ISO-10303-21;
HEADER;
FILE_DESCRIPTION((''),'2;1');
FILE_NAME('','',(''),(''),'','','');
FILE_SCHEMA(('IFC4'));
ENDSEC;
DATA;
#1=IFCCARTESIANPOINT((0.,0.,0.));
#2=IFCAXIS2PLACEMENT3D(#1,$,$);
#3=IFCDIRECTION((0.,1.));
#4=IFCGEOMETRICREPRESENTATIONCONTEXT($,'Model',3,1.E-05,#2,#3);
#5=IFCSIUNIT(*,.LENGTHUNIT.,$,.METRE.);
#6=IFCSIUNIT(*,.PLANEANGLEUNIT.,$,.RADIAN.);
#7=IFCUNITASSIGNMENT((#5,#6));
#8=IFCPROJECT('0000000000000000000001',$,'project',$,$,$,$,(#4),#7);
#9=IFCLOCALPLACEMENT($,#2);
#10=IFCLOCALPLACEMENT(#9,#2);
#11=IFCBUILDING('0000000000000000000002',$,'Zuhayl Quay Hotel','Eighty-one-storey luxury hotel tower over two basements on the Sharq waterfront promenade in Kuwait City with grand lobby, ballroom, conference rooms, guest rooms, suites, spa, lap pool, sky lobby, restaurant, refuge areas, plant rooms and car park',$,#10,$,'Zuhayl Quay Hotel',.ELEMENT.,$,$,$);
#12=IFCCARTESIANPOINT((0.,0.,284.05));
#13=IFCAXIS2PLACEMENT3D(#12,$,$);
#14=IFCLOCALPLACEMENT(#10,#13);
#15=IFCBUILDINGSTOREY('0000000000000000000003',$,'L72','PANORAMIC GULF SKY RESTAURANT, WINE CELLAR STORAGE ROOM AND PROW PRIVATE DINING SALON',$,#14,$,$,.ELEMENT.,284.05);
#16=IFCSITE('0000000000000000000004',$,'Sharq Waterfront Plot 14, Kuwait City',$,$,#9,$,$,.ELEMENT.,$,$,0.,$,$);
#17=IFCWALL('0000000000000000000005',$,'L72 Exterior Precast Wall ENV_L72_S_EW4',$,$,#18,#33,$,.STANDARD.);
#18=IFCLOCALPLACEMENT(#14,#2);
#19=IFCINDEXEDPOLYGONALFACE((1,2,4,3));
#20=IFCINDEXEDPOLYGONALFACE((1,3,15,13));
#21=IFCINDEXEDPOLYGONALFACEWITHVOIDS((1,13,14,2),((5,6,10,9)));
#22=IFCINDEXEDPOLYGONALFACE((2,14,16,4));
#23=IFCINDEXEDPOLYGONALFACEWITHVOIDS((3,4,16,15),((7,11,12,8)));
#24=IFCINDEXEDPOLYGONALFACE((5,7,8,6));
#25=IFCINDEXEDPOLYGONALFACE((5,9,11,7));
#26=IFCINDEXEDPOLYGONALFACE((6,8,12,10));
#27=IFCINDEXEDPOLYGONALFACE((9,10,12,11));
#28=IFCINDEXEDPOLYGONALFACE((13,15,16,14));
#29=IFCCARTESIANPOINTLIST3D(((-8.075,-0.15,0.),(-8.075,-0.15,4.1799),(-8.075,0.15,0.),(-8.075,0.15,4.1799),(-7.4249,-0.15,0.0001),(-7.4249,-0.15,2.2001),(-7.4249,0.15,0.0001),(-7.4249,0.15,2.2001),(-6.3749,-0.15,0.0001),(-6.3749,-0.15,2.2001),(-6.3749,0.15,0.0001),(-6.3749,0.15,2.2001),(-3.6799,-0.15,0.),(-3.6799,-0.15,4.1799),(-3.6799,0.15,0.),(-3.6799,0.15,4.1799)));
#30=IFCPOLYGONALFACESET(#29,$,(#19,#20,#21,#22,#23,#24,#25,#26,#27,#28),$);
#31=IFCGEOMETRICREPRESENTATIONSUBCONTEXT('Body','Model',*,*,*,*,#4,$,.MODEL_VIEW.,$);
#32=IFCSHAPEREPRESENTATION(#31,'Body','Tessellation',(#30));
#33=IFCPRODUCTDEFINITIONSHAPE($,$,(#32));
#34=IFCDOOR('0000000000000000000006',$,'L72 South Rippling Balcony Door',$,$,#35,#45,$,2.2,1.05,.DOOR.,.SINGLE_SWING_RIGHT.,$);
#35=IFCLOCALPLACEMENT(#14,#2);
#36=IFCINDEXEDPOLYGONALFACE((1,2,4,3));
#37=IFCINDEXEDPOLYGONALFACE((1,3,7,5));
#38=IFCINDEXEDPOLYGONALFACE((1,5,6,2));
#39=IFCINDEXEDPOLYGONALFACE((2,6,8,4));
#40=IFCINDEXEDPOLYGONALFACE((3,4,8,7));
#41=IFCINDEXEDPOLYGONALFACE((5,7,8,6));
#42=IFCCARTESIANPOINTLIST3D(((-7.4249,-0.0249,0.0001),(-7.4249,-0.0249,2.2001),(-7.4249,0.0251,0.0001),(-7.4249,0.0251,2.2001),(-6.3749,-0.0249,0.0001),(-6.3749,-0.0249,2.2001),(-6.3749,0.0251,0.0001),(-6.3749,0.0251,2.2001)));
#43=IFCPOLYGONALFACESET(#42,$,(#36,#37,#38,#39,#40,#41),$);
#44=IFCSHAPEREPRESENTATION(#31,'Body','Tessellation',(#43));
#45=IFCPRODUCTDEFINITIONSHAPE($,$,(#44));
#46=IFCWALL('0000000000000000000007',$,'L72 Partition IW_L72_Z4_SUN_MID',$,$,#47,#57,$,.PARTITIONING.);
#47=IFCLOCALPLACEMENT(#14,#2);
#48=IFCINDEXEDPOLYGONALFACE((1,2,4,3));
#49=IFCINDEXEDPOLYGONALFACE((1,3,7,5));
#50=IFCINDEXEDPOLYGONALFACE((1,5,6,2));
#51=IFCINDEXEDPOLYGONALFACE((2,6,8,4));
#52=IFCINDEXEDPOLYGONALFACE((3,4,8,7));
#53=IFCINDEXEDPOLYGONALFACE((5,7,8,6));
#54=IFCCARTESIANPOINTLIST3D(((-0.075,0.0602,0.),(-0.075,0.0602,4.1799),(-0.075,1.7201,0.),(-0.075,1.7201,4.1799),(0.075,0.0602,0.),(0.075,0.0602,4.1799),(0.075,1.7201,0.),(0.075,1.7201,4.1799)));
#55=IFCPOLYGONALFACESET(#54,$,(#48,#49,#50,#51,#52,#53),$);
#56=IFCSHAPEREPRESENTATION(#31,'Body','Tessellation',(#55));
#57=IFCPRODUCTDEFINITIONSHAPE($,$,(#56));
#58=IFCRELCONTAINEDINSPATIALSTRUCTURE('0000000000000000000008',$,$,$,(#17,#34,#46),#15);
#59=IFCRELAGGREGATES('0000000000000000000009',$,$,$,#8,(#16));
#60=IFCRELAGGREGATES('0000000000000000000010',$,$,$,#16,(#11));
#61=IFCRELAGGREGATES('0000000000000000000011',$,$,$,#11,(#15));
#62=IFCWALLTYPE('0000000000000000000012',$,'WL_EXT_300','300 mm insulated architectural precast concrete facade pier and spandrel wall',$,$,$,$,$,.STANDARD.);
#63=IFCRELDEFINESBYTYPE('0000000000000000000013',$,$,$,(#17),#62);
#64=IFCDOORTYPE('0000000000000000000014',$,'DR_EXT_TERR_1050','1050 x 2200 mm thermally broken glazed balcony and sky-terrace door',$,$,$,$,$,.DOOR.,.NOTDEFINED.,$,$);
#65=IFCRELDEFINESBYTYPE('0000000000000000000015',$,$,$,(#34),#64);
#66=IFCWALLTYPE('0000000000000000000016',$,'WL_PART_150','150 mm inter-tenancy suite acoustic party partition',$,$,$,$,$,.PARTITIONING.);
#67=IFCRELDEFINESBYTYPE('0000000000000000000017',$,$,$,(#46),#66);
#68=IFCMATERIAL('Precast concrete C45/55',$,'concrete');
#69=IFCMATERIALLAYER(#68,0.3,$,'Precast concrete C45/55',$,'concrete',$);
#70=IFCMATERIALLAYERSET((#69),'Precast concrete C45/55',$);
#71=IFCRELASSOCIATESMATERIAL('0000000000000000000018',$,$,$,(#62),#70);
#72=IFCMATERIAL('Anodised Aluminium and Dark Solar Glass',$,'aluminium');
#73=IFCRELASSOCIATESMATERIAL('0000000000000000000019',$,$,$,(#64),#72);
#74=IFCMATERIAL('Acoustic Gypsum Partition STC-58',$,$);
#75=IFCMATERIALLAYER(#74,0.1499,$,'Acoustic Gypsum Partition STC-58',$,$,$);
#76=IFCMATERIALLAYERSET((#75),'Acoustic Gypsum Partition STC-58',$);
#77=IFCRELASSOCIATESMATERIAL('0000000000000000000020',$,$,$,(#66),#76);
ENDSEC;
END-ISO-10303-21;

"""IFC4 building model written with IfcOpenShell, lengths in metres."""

from ifc_helpers import new_model, si_unit, direction, frame, frame_2d, origin, place, context, subcontext, project, spatial, rectangle, extrude, material, layer, layer_set, type_object, element, fill, save


model = new_model("IFC4")

# Units and contexts
model_context = context("Model", 3, precision=1e-05, world=origin(), true_north=direction((0.0, 1.0)))
body_context = subcontext(model_context, "Body", "Model", "MODEL_VIEW")
ifc_project = project(units=[si_unit("LENGTHUNIT", "METRE"), si_unit("PLANEANGLEUNIT", "RADIAN")], contexts=[model_context])

# Site, building, storey
site_placement = place(None, origin())
site = spatial("IfcSite", under=ifc_project, at=site_placement, Name="Sharq Waterfront Plot 14, Kuwait City", CompositionType="ELEMENT", RefElevation=0.0)
building_placement = place(site_placement, origin())
building = spatial("IfcBuilding", under=site, at=building_placement, Name="Zuhayl Quay Hotel", Description="Eighty-one-storey luxury hotel tower over two basements on the Sharq waterfront promenade in Kuwait City with grand lobby, ballroom, conference rooms, guest rooms, suites, spa, lap pool, sky lobby, restaurant, refuge areas, plant rooms and car park", LongName="Zuhayl Quay Hotel", CompositionType="ELEMENT")
storey_placement = place(building_placement, frame((0.0, 0.0, 284.05)))
storey = spatial("IfcBuildingStorey", under=building, at=storey_placement, Name="L72", Description="PANORAMIC GULF SKY RESTAURANT, WINE CELLAR STORAGE ROOM AND PROW PRIVATE DINING SALON", CompositionType="ELEMENT", Elevation=284.05)

# Wall, opening, door
ifc_material_1 = material(Name="Precast concrete C45/55", Category="concrete")
ifc_layer_1 = layer(ifc_material_1, 0.3, Name="Precast concrete C45/55", Category="concrete")
ifc_layer_set_1 = layer_set([ifc_layer_1], Name="Precast concrete C45/55")
wall_type_1 = type_object("IfcWallType", Name="WL_EXT_300", Description="300 mm insulated architectural precast concrete facade pier and spandrel wall", PredefinedType="STANDARD", material=ifc_layer_set_1)
wall_1_placement = place(storey_placement, frame((-3.6799, 0.0, 0.0), z_axis=(0.0, 0.0, 1.0), x_axis=(-1.0, 0.0, 0.0)))
wall_1 = element("IfcWall", 1, at=wall_1_placement, inside=storey, type_object=wall_type_1, Name="L72 Exterior Precast Wall ENV_L72_S_EW4", PredefinedType="STANDARD", context=body_context, shape_type="SweptSolid", body=[
    extrude(rectangle(XDim=4.395, YDim=0.3, at=frame_2d((2.1975, 0.0))), origin(), (0.0, 0.0, 1.0), 4.1799),
])
opening_placement = place(wall_1_placement, frame((2.6951, 0.0, 0.0)))
opening = element("IfcOpeningElement", 2, at=opening_placement, cuts=wall_1, PredefinedType="OPENING", context=body_context, shape_type="SweptSolid", body=[
    extrude(rectangle(XDim=1.05, YDim=2.2, at=frame_2d((0.5249, 1.1001))), frame((0.0, 0.1599, 0.0), z_axis=(0.0, -1.0, 0.0), x_axis=(1.0, 0.0, 0.0)), (0.0, 0.0, 1.0), 0.3201),
])
ifc_material_2 = material(Name="Anodised Aluminium and Dark Solar Glass", Category="aluminium")
door_type = type_object("IfcDoorType", Name="DR_EXT_TERR_1050", Description="1050 x 2200 mm thermally broken glazed balcony and sky-terrace door", OperationType="NOTDEFINED", PredefinedType="DOOR", material=ifc_material_2)
door_placement = place(opening_placement, origin())
door = element("IfcDoor", 3, at=door_placement, inside=storey, type_object=door_type, Name="L72 South Rippling Balcony Door", OperationType="SINGLE_SWING_RIGHT", OverallHeight=2.2, OverallWidth=1.05, PredefinedType="DOOR", context=body_context, shape_type="SweptSolid", body=[
    extrude(rectangle(XDim=1.05, YDim=2.2, at=frame_2d((0.5249, 1.1001))), frame((0.0, 0.0249, 0.0), z_axis=(0.0, -1.0, 0.0), x_axis=(1.0, 0.0, 0.0)), (0.0, 0.0, 1.0), 0.05),
])
fill(opening, door)

# Wall
ifc_material_3 = material(Name="Acoustic Gypsum Partition STC-58")
ifc_layer_2 = layer(ifc_material_3, 0.1499, Name="Acoustic Gypsum Partition STC-58")
ifc_layer_set_2 = layer_set([ifc_layer_2], Name="Acoustic Gypsum Partition STC-58")
wall_type_2 = type_object("IfcWallType", Name="WL_PART_150", Description="150 mm inter-tenancy suite acoustic party partition", PredefinedType="PARTITIONING", material=ifc_layer_set_2)
wall_2_placement = place(storey_placement, frame((0.0, 0.0601, 0.0), z_axis=(0.0, 0.0, 1.0), x_axis=(0.0, 1.0, 0.0)))
element("IfcWall", 4, at=wall_2_placement, inside=storey, type_object=wall_type_2, Name="L72 Partition IW_L72_Z4_SUN_MID", PredefinedType="PARTITIONING", context=body_context, shape_type="SweptSolid", body=[
    extrude(rectangle(XDim=1.6599, YDim=0.1499, at=frame_2d((0.8301, 0.0))), origin(), (0.0, 0.0, 1.0), 4.1799),
])

save(model, "model.ifc")
